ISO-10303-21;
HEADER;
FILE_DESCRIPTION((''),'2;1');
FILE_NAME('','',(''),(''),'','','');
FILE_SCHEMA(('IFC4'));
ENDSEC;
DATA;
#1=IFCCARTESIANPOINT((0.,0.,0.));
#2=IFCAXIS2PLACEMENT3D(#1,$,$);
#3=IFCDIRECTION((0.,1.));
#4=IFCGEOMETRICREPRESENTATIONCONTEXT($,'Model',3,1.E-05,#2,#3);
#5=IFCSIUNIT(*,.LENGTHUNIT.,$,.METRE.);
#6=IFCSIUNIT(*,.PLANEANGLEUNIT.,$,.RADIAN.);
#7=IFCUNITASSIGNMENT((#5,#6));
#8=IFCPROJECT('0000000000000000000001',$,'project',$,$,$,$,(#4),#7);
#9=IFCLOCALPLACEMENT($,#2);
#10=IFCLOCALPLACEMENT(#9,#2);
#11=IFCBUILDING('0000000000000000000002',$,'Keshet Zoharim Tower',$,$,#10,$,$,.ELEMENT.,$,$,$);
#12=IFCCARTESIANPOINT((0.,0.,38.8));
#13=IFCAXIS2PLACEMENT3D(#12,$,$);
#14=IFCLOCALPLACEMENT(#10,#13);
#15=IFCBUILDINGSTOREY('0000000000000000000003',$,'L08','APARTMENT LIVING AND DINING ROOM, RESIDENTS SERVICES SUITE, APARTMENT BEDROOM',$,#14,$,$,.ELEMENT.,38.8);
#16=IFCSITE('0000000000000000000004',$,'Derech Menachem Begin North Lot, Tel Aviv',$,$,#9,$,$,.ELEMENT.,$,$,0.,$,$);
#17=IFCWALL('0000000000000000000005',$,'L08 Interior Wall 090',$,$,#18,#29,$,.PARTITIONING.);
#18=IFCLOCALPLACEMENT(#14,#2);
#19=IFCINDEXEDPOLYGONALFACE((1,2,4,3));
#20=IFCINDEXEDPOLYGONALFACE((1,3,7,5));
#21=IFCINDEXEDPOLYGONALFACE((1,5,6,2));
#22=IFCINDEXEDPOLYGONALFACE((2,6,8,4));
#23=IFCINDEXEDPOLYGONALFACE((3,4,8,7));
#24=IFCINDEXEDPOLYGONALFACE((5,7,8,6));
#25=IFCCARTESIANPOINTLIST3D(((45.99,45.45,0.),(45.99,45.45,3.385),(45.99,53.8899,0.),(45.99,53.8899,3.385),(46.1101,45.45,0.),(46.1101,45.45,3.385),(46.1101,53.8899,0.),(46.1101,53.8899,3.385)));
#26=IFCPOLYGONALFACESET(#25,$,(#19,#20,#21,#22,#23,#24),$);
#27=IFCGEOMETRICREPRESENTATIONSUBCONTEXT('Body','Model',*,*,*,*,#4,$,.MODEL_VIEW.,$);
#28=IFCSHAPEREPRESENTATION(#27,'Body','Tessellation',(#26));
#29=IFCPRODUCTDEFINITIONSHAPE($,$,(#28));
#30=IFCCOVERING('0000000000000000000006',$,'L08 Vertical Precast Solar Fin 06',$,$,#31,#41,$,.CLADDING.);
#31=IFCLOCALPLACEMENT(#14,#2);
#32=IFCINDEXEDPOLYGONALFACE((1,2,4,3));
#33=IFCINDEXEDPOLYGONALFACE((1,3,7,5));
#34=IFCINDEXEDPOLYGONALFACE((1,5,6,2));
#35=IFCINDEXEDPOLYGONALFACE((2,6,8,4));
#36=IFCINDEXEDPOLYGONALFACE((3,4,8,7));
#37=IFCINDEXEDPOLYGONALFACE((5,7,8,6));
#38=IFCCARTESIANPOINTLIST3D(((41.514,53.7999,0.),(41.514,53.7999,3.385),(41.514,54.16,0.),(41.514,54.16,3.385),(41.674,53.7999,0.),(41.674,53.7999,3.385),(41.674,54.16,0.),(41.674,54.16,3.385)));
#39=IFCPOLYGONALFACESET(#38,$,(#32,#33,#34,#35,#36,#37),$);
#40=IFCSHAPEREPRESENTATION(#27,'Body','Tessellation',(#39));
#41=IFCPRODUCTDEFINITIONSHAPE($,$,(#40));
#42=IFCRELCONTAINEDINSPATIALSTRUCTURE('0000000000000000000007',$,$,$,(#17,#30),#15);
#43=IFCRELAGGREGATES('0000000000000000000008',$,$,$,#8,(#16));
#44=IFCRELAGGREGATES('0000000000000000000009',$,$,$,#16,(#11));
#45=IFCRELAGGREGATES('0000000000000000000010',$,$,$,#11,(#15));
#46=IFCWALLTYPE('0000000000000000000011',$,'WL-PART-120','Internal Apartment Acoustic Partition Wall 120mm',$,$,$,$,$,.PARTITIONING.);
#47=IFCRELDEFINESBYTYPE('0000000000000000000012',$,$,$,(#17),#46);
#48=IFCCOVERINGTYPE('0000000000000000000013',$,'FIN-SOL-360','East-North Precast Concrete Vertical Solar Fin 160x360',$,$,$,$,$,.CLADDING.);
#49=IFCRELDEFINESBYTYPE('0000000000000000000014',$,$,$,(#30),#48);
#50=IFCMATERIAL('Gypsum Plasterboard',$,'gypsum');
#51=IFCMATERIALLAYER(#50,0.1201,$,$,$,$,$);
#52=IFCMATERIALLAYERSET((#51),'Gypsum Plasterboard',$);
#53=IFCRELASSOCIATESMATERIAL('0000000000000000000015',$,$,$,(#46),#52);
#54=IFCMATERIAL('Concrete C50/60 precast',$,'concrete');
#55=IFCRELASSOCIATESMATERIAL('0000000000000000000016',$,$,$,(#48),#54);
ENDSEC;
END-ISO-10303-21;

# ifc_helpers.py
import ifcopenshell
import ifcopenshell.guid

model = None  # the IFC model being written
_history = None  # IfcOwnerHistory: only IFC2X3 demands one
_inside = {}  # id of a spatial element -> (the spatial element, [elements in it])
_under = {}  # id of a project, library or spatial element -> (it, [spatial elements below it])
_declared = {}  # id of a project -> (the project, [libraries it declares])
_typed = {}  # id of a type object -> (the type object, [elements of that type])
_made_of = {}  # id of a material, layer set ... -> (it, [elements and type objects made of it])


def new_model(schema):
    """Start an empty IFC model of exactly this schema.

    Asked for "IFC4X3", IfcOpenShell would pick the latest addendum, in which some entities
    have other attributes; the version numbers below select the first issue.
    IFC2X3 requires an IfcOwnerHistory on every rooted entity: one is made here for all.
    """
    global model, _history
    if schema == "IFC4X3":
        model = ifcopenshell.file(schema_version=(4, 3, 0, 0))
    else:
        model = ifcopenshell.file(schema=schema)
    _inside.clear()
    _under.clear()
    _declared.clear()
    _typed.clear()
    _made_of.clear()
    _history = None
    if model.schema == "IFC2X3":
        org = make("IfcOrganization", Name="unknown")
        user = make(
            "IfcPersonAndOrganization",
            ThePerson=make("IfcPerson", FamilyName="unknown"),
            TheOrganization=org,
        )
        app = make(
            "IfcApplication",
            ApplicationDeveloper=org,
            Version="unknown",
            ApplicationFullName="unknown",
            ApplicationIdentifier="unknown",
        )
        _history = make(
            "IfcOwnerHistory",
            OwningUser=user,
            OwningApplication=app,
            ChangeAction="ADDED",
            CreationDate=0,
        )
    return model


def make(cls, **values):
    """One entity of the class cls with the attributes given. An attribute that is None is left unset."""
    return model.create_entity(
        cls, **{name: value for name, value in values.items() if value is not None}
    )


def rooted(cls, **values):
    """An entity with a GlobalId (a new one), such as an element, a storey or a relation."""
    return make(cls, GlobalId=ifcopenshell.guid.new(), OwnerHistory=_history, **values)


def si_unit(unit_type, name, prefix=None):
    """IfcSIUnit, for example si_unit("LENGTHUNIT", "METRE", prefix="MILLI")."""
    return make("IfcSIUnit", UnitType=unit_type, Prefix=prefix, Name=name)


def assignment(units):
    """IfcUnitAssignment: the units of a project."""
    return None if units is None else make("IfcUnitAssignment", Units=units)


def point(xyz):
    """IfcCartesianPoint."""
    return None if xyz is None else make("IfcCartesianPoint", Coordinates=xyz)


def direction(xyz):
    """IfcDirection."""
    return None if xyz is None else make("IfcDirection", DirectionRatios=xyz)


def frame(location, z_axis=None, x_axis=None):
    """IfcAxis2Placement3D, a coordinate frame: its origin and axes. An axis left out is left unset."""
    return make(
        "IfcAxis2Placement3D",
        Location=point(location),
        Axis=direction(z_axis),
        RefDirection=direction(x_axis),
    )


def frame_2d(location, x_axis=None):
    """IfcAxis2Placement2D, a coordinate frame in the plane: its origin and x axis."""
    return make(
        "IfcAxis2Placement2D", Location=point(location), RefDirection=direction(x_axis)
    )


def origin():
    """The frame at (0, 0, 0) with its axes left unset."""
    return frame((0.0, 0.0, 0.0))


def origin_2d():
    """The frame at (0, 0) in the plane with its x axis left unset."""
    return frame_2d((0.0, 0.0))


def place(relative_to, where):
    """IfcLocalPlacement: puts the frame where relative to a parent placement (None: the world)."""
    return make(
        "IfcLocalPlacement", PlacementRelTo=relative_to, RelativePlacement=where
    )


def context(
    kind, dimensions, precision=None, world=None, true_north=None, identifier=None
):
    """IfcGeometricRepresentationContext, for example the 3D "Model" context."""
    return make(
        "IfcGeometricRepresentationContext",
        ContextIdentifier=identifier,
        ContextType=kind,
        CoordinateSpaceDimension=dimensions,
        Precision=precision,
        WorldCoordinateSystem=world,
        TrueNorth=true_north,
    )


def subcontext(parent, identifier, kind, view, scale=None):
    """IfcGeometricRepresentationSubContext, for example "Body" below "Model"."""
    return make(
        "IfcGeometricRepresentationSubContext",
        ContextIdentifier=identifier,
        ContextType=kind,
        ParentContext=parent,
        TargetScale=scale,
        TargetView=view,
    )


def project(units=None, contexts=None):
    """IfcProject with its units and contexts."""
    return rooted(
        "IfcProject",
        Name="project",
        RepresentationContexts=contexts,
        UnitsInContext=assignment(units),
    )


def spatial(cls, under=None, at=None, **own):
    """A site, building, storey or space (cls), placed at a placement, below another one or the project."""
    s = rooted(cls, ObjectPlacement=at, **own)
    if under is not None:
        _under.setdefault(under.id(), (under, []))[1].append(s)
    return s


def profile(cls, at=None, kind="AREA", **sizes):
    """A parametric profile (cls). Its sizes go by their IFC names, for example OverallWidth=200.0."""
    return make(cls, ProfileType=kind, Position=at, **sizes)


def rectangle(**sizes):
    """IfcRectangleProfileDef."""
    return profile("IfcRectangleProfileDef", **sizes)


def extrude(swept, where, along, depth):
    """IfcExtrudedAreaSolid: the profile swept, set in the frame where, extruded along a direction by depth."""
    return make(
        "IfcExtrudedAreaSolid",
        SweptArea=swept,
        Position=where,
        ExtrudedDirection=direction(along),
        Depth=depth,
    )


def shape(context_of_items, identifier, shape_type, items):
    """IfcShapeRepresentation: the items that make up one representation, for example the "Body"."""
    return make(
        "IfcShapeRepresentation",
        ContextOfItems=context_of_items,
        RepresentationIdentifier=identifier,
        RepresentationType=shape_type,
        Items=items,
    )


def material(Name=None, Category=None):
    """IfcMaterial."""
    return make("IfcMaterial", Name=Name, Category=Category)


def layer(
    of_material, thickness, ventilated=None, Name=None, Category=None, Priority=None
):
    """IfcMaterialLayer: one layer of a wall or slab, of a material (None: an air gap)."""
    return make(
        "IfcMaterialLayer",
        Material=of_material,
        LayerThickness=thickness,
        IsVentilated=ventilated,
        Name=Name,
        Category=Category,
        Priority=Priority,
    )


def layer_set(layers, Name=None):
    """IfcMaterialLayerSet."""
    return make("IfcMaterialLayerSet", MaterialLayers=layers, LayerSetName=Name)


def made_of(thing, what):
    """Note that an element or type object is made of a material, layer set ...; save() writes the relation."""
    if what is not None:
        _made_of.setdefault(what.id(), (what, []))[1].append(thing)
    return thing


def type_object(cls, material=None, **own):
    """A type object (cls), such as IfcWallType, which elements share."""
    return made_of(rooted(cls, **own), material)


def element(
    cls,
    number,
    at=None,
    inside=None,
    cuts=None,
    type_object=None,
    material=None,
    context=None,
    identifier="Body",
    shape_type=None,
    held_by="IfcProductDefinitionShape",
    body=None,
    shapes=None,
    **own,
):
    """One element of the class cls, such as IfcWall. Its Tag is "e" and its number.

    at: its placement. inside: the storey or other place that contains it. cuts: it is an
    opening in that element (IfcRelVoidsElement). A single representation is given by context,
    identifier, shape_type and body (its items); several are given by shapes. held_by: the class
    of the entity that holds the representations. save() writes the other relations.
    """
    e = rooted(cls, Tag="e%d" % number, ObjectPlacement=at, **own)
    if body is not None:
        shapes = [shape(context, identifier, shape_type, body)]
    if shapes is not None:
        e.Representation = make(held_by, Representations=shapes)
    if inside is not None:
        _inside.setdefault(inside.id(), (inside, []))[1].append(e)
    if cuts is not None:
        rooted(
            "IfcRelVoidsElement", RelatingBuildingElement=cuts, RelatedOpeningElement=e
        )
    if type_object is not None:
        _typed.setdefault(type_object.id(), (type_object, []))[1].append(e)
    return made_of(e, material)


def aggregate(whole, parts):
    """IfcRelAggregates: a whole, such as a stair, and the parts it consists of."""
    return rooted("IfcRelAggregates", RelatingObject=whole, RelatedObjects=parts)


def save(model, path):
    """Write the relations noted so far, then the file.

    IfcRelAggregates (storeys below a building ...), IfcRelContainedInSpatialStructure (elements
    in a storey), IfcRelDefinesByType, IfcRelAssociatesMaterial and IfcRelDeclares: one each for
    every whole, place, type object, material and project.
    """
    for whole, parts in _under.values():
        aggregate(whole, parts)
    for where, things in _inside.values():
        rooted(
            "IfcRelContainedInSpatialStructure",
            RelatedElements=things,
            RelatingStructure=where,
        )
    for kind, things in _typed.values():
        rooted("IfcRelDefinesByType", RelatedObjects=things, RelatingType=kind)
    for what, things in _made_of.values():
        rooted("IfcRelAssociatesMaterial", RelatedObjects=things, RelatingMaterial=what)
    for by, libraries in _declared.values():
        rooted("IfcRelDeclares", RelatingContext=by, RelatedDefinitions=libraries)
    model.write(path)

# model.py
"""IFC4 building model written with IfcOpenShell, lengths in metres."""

from ifc_helpers import new_model, si_unit, direction, frame, frame_2d, origin, origin_2d, place, context, subcontext, project, spatial, rectangle, extrude, material, layer, layer_set, type_object, element, save


model = new_model("IFC4")

# Units and contexts
model_context = context("Model", 3, precision=1e-05, world=origin(), true_north=direction((0.0, 1.0)))
body_context = subcontext(model_context, "Body", "Model", "MODEL_VIEW")
ifc_project = project(units=[si_unit("LENGTHUNIT", "METRE"), si_unit("PLANEANGLEUNIT", "RADIAN")], contexts=[model_context])

# Site, building, storey
site_placement = place(None, origin())
site = spatial("IfcSite", under=ifc_project, at=site_placement, Name="Derech Menachem Begin North Lot, Tel Aviv", CompositionType="ELEMENT", RefElevation=0.0)
building_placement = place(site_placement, origin())
building = spatial("IfcBuilding", under=site, at=building_placement, Name="Keshet Zoharim Tower", CompositionType="ELEMENT")
storey_placement = place(building_placement, frame((0.0, 0.0, 38.8)))
storey = spatial("IfcBuildingStorey", under=building, at=storey_placement, Name="L08", Description="APARTMENT LIVING AND DINING ROOM, RESIDENTS SERVICES SUITE, APARTMENT BEDROOM", CompositionType="ELEMENT", Elevation=38.8)

# Wall
ifc_material_1 = material(Name="Gypsum Plasterboard", Category="gypsum")
ifc_layer_1 = layer(ifc_material_1, 0.1201)
ifc_layer_set_1 = layer_set([ifc_layer_1], Name="Gypsum Plasterboard")
wall_type = type_object("IfcWallType", Name="WL-PART-120", Description="Internal Apartment Acoustic Partition Wall 120mm", PredefinedType="PARTITIONING", material=ifc_layer_set_1)
for number, where, z_axis, x_axis, name in (
    (1, (46.05, 45.45, 0.0), (0.0, 0.0, 1.0), (0.0, 1.0, 0.0), "L08 Interior Wall 090"),
):
    element("IfcWall", number, at=place(storey_placement, frame(where, z_axis=z_axis, x_axis=x_axis)), inside=storey, type_object=wall_type, Name=name, PredefinedType="PARTITIONING", context=body_context, shape_type="SweptSolid", body=[
        extrude(rectangle(XDim=8.4399, YDim=0.1201, at=frame_2d((4.22, 0.0))), origin(), (0.0, 0.0, 1.0), 3.385),
    ])

# Covering
ifc_material_2 = material(Name="Concrete C50/60 precast", Category="concrete")
covering_type = type_object("IfcCoveringType", Name="FIN-SOL-360", Description="East-North Precast Concrete Vertical Solar Fin 160x360", PredefinedType="CLADDING", material=ifc_material_2)
covering_placement = place(storey_placement, frame((41.594, 53.98, 0.0), z_axis=(0.0, 0.0, 1.0), x_axis=(1.0, 0.0, 0.0)))
element("IfcCovering", 2, at=covering_placement, inside=storey, type_object=covering_type, Name="L08 Vertical Precast Solar Fin 06", PredefinedType="CLADDING", context=body_context, shape_type="SweptSolid", body=[
    extrude(rectangle(XDim=0.1599, YDim=0.3601, at=origin_2d()), origin(), (0.0, 0.0, 1.0), 3.385),
])

save(model, "model.ifc")
